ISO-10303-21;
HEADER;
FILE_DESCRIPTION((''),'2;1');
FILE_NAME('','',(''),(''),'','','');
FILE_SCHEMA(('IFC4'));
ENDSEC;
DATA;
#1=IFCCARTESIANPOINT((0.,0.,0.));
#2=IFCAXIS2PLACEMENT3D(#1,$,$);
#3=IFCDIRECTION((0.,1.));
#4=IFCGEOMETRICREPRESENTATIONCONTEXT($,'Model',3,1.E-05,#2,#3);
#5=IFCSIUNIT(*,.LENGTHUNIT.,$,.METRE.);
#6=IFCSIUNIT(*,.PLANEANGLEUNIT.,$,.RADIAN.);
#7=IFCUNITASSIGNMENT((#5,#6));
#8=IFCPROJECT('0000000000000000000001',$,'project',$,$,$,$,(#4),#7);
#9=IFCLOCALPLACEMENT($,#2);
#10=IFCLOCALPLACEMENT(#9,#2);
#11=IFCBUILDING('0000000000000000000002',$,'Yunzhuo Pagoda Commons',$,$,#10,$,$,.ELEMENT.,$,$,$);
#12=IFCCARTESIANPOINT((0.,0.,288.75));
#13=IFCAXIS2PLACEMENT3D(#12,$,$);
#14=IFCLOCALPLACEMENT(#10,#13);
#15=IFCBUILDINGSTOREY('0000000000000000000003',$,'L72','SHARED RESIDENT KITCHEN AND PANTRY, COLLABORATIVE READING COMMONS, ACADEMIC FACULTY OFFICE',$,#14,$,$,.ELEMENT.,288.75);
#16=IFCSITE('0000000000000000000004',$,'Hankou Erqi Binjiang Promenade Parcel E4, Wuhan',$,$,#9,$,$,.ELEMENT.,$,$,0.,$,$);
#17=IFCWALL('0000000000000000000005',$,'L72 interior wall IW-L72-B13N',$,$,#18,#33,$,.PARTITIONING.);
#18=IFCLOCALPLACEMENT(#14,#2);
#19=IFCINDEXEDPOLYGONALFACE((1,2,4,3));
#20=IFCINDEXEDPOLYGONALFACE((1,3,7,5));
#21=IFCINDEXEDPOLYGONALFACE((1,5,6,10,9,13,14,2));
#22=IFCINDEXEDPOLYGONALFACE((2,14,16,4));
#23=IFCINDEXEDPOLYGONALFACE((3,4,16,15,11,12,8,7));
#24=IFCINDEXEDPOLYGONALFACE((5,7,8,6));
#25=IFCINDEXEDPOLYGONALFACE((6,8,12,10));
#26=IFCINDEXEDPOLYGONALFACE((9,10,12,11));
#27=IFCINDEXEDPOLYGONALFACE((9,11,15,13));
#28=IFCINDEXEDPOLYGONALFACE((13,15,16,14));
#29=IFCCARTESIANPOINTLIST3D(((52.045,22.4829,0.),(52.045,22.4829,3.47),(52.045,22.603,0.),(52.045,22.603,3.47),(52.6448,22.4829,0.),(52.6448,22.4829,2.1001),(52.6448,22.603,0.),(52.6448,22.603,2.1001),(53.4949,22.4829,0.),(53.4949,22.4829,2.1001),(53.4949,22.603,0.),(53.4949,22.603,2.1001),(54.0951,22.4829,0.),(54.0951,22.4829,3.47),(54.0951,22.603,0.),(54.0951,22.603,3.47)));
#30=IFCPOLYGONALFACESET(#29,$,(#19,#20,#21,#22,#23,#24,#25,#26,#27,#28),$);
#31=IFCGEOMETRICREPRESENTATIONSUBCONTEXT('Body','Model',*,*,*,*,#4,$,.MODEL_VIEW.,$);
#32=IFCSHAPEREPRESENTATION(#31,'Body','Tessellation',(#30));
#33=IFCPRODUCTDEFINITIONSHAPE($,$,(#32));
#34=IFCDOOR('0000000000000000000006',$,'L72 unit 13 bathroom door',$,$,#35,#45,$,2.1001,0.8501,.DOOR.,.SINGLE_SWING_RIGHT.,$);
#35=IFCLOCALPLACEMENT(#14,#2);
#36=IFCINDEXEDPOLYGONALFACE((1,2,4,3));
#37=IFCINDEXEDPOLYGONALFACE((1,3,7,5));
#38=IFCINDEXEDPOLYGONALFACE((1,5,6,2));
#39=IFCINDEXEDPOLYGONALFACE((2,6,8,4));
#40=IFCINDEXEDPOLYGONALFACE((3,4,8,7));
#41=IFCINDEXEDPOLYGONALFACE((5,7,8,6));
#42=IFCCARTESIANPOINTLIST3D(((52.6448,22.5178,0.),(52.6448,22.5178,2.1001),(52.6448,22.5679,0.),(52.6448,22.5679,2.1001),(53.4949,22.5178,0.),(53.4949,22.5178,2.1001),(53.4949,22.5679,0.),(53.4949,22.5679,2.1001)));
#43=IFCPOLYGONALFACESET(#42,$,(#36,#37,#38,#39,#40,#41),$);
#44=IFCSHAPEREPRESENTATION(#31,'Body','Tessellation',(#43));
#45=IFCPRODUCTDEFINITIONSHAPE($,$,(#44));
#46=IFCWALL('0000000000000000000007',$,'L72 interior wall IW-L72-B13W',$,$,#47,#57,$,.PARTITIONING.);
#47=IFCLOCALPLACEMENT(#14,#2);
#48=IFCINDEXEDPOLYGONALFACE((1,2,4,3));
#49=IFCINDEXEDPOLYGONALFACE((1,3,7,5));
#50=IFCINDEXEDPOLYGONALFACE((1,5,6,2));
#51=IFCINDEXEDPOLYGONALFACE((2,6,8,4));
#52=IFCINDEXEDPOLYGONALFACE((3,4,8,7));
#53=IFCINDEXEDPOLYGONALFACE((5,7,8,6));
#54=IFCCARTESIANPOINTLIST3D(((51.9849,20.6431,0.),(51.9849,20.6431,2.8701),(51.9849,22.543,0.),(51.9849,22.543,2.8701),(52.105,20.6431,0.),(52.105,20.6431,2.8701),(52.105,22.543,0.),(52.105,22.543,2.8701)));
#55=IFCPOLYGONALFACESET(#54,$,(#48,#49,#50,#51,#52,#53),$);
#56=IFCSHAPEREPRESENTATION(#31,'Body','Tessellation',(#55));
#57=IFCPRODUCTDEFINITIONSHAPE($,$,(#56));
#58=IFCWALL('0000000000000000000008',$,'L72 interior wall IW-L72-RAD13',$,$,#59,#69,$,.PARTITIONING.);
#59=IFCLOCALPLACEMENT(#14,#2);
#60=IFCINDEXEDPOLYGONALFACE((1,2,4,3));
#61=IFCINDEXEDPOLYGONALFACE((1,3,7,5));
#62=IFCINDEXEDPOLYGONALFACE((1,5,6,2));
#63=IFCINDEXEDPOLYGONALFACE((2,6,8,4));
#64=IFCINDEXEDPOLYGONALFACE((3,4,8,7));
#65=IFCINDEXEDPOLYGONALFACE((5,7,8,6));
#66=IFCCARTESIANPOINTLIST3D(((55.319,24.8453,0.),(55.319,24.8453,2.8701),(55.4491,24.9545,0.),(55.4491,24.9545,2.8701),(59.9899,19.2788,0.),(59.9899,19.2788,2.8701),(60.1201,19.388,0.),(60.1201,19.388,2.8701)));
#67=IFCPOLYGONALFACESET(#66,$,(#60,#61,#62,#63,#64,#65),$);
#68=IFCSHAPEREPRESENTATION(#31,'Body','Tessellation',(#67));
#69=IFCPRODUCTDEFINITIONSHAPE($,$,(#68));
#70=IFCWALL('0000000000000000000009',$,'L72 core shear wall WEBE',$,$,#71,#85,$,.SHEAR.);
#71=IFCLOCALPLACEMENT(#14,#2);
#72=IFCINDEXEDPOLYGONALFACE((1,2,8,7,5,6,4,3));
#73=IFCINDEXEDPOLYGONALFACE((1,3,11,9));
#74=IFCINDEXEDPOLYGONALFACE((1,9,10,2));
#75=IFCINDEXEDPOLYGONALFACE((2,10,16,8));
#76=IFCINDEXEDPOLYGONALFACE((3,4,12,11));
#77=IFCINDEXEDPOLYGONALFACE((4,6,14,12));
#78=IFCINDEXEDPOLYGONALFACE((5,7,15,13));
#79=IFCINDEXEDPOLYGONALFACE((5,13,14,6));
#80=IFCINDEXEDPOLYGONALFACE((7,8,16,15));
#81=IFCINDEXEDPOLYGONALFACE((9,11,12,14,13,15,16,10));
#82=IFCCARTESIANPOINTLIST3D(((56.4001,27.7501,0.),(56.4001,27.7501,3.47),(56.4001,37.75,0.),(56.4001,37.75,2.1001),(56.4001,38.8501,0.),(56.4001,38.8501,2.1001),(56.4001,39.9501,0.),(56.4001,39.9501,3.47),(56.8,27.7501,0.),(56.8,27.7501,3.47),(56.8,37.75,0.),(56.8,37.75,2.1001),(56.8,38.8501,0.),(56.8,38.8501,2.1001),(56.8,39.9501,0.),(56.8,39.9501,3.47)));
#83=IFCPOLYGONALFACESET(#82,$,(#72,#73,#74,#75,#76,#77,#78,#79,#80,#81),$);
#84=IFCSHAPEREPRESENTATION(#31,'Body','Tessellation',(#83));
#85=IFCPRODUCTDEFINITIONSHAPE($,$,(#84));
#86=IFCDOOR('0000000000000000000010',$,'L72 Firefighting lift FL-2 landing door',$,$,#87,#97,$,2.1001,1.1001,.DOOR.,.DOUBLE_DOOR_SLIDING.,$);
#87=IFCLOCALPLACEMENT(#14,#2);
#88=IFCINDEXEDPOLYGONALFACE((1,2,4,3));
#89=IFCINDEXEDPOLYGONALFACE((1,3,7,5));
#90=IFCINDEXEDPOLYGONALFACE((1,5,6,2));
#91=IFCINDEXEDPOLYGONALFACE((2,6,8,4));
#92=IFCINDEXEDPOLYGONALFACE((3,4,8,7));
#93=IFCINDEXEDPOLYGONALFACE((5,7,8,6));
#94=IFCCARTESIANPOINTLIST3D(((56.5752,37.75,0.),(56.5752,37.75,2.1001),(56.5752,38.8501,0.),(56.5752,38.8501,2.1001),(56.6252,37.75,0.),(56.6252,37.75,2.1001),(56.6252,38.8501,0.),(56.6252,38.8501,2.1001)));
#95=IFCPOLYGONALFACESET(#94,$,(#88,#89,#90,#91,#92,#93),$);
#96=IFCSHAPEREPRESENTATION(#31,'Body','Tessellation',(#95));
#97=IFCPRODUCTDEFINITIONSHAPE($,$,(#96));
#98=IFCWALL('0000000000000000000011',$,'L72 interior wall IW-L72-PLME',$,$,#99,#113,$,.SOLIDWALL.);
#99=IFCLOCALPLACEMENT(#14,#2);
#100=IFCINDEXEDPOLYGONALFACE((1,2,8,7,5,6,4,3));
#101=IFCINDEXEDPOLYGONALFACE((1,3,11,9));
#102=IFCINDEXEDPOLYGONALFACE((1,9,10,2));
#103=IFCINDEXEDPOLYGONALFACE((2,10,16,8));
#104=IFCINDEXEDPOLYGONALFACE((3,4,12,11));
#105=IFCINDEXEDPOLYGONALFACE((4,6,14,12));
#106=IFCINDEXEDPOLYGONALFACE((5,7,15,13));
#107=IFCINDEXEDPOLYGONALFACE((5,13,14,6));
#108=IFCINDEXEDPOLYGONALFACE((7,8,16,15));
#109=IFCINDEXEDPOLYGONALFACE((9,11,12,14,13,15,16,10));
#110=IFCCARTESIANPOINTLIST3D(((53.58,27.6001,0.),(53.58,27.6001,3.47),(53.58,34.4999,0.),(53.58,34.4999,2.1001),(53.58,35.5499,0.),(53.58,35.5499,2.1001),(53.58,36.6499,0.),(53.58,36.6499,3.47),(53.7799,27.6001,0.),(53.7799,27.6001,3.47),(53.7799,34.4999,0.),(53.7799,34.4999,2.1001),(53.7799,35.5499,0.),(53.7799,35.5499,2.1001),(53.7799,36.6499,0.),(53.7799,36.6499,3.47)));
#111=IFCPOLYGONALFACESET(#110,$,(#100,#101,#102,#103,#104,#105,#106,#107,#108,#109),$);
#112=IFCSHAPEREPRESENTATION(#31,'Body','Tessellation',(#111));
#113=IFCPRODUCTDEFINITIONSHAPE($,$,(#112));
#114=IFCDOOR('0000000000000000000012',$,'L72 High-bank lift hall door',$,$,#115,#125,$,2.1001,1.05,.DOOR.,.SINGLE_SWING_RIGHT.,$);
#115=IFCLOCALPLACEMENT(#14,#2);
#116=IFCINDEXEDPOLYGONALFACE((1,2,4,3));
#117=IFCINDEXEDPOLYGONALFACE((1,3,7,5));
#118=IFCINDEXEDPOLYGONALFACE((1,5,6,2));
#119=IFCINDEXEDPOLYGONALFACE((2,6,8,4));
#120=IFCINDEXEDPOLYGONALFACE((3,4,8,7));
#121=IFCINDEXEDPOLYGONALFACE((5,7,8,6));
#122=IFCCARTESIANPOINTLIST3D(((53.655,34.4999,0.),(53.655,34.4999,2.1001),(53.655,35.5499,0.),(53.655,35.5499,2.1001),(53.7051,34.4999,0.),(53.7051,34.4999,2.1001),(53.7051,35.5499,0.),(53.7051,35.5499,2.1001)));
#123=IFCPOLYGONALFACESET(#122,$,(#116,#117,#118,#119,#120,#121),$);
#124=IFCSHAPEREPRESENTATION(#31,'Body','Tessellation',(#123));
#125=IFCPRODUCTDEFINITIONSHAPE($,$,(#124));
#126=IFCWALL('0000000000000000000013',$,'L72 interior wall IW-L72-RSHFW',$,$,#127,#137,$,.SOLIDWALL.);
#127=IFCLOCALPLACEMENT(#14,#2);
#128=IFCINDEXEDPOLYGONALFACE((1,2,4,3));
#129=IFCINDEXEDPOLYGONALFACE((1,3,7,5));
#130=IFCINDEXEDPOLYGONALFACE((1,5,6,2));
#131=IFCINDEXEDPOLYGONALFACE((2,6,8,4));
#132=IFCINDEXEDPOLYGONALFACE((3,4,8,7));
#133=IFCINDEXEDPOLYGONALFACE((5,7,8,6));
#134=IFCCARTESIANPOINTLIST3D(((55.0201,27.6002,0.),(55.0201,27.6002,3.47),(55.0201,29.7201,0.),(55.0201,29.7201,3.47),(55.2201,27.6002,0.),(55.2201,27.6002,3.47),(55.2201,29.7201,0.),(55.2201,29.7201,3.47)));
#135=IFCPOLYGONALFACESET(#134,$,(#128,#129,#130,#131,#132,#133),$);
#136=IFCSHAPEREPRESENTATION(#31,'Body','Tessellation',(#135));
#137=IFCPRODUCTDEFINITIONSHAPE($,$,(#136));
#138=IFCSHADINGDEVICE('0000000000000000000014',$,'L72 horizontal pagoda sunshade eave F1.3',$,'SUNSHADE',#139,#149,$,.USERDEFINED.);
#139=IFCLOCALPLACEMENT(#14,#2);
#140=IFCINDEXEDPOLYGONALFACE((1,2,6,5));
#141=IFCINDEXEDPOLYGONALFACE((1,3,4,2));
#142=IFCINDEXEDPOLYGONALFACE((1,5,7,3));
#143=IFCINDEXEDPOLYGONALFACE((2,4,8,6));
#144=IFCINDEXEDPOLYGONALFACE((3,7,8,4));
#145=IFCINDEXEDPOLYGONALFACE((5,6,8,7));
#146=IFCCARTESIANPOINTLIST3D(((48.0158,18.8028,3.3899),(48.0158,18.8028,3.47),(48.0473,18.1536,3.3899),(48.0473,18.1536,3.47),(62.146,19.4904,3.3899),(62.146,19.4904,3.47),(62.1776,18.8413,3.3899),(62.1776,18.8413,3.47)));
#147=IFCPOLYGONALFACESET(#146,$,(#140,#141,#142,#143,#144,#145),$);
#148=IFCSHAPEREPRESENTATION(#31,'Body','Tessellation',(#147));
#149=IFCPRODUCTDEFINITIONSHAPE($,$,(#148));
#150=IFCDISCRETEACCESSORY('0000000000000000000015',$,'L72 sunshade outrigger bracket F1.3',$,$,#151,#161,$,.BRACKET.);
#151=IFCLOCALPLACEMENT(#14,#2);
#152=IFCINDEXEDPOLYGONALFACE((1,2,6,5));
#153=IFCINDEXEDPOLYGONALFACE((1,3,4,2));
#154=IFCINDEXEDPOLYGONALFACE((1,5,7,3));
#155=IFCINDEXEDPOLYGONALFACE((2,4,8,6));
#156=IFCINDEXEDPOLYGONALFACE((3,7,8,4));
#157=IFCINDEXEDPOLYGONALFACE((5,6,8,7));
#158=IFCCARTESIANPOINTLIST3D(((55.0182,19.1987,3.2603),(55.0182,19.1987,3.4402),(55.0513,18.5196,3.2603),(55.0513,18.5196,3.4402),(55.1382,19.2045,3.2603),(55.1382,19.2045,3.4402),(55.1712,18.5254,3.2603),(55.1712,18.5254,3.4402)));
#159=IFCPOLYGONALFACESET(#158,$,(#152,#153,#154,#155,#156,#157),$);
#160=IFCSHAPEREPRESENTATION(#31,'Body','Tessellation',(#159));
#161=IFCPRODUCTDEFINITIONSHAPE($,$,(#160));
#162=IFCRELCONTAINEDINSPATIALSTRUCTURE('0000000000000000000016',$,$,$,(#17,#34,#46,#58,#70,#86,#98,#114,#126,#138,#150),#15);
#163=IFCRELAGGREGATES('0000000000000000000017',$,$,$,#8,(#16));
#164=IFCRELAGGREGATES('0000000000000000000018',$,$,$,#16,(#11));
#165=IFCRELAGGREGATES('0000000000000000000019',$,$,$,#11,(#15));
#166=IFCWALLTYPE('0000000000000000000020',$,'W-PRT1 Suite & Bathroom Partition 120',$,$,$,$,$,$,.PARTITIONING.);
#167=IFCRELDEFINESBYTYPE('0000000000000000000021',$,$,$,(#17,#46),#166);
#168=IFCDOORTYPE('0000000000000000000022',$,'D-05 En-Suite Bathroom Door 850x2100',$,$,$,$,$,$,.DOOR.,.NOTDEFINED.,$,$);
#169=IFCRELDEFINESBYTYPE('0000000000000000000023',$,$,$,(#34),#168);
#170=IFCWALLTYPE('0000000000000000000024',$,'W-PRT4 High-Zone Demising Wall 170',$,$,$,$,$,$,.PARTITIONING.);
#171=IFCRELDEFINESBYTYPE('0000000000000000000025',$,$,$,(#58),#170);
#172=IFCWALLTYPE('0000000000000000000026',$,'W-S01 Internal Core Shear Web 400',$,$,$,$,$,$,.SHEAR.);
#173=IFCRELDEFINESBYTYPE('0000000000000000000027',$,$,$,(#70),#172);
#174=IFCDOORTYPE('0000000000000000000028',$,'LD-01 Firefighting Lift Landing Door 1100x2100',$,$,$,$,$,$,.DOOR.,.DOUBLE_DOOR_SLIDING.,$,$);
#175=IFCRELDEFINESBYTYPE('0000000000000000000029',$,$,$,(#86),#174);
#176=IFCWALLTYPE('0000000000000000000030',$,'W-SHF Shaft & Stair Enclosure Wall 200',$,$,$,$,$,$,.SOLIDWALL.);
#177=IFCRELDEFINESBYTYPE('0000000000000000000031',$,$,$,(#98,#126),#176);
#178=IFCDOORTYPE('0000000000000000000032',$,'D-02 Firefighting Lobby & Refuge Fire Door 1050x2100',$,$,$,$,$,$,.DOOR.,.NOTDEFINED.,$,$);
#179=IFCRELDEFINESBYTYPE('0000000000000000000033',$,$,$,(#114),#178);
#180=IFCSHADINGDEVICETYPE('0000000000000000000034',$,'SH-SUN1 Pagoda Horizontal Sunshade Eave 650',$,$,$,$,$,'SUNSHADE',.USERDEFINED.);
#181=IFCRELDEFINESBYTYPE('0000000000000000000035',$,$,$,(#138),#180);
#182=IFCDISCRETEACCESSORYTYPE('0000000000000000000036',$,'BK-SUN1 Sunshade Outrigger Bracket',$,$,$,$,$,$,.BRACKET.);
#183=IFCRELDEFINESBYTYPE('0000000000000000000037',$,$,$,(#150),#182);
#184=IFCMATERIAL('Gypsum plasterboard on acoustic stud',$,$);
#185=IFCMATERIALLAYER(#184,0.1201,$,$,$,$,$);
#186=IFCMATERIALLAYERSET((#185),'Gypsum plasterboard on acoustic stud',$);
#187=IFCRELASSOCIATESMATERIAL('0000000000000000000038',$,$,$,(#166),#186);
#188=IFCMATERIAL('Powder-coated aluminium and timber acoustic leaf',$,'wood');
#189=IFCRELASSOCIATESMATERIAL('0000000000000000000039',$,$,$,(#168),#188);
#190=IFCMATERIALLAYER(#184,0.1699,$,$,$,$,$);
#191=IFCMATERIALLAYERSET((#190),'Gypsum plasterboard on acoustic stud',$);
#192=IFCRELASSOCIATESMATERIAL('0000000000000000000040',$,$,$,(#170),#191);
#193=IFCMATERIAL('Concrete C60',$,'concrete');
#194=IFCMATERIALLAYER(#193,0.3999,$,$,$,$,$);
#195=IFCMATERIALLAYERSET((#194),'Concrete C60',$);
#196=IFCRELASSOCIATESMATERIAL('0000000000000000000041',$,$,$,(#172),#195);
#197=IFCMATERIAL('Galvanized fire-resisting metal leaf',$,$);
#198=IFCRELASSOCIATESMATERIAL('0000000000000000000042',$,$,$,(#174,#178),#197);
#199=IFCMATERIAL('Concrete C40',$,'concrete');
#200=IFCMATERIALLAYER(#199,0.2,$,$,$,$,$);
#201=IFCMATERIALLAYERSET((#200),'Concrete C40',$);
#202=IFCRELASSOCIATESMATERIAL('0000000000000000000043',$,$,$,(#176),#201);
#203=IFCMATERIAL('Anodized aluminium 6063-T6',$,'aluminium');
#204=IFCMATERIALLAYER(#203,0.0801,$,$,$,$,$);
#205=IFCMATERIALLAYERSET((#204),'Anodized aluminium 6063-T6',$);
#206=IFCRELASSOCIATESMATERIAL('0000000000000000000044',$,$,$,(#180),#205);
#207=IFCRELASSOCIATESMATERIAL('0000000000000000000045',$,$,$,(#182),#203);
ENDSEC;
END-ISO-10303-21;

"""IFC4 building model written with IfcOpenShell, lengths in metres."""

from ifc_helpers import new_model, si_unit, direction, frame, frame_2d, origin, origin_with_axes, origin_2d, place, context, subcontext, project, spatial, rectangle, extrude, source, transform, mapped, material, layer, layer_set, type_object, element, fill, save


model = new_model("IFC4")

# Units and contexts
model_context = context("Model", 3, precision=1e-05, world=origin(), true_north=direction((0.0, 1.0)))
body_context = subcontext(model_context, "Body", "Model", "MODEL_VIEW")
ifc_project = project(units=[si_unit("LENGTHUNIT", "METRE"), si_unit("PLANEANGLEUNIT", "RADIAN")], contexts=[model_context])

# Site, building, storey
site_placement = place(None, origin())
site = spatial("IfcSite", under=ifc_project, at=site_placement, Name="Hankou Erqi Binjiang Promenade Parcel E4, Wuhan", CompositionType="ELEMENT", RefElevation=0.0)
building_placement = place(site_placement, origin())
building = spatial("IfcBuilding", under=site, at=building_placement, Name="Yunzhuo Pagoda Commons", CompositionType="ELEMENT")
storey_placement = place(building_placement, frame((0.0, 0.0, 288.75)))
storey = spatial("IfcBuildingStorey", under=building, at=storey_placement, Name="L72", Description="SHARED RESIDENT KITCHEN AND PANTRY, COLLABORATIVE READING COMMONS, ACADEMIC FACULTY OFFICE", CompositionType="ELEMENT", Elevation=288.75)

# Shared definitions
ifc_material_1 = material(Name="Anodized aluminium 6063-T6", Category="aluminium")

# Shared definitions
ifc_material_2 = material(Name="Gypsum plasterboard on acoustic stud")
ifc_material_3 = material(Name="Galvanized fire-resisting metal leaf")

# Shared definitions
ifc_layer_1 = layer(ifc_material_2, 0.1201)
ifc_layer_set_1 = layer_set([ifc_layer_1], Name="Gypsum plasterboard on acoustic stud")
wall_type_1 = type_object("IfcWallType", Name="W-PRT1 Suite & Bathroom Partition 120", PredefinedType="PARTITIONING", material=ifc_layer_set_1)

# Wall, opening, door
wall_1_placement = place(storey_placement, frame((54.095, 22.543, 0.0), z_axis=(0.0, 0.0, 1.0), x_axis=(-1.0, 0.0, 0.0)))
wall_1 = element("IfcWall", 1, at=wall_1_placement, inside=storey, type_object=wall_type_1, Name="L72 interior wall IW-L72-B13N", PredefinedType="PARTITIONING", context=body_context, shape_type="SweptSolid", body=[
    extrude(rectangle(XDim=2.05, YDim=0.1201, at=frame_2d((1.0249, 0.0))), origin(), (0.0, 0.0, 1.0), 3.47),
])
opening_1_placement = place(wall_1_placement, frame((0.6001, 0.0, 0.0)))
opening_1 = element("IfcOpeningElement", 2, at=opening_1_placement, cuts=wall_1, PredefinedType="OPENING", context=body_context, shape_type="SweptSolid", body=[
    extrude(rectangle(XDim=0.8501, YDim=2.1001, at=frame_2d((0.425, 1.05))), frame((0.0, 0.0701, 0.0), z_axis=(0.0, -1.0, 0.0), x_axis=(1.0, 0.0, 0.0)), (0.0, 0.0, 1.0), 0.1401),
])
ifc_material_4 = material(Name="Powder-coated aluminium and timber acoustic leaf", Category="wood")
door_type_1 = type_object("IfcDoorType", Name="D-05 En-Suite Bathroom Door 850x2100", OperationType="NOTDEFINED", PredefinedType="DOOR", material=ifc_material_4)
shared_shape_1 = source(origin(), body_context, "Body", "SweptSolid", [
    extrude(rectangle(XDim=0.8501, YDim=2.1001, at=frame_2d((0.425, 1.05))), frame((0.0, 0.0249, 0.0), z_axis=(0.0, -1.0, 0.0), x_axis=(1.0, 0.0, 0.0)), (0.0, 0.0, 1.0), 0.05),
])
door_1_placement = place(opening_1_placement, frame((0.8501, 0.0, 0.0), z_axis=(0.0, 0.0, 1.0), x_axis=(-1.0, 0.0, 0.0)))
door_1 = element("IfcDoor", 3, at=door_1_placement, inside=storey, type_object=door_type_1, Name="L72 unit 13 bathroom door", OperationType="SINGLE_SWING_RIGHT", OverallHeight=2.1001, OverallWidth=0.8501, PredefinedType="DOOR", context=body_context, shape_type="MappedRepresentation", body=[
    mapped(shared_shape_1, transform((0.0, 0.0, 0.0), scale=1.0)),
])
fill(opening_1, door_1)

# Walls
wall_2_placement = place(storey_placement, frame((52.0449, 22.543, 0.0), z_axis=(0.0, 0.0, 1.0), x_axis=(0.0, -1.0, 0.0)))
element("IfcWall", 4, at=wall_2_placement, inside=storey, type_object=wall_type_1, Name="L72 interior wall IW-L72-B13W", PredefinedType="PARTITIONING", context=body_context, shape_type="SweptSolid", body=[
    extrude(rectangle(XDim=1.8999, YDim=0.1201, at=frame_2d((0.95, 0.0))), origin(), (0.0, 0.0, 1.0), 2.8701),
])
ifc_layer_2 = layer(ifc_material_2, 0.1699)
ifc_layer_set_2 = layer_set([ifc_layer_2], Name="Gypsum plasterboard on acoustic stud")
wall_type_2 = type_object("IfcWallType", Name="W-PRT4 High-Zone Demising Wall 170", PredefinedType="PARTITIONING", material=ifc_layer_set_2)
wall_3_placement = place(storey_placement, frame((55.384, 24.8999, 0.0), z_axis=(0.0, 0.0, 1.0), x_axis=(0.642798, -0.766036, 0.0)))
element("IfcWall", 5, at=wall_3_placement, inside=storey, type_object=wall_type_2, Name="L72 interior wall IW-L72-RAD13", PredefinedType="PARTITIONING", context=body_context, shape_type="SweptSolid", body=[
    extrude(rectangle(XDim=7.2666, YDim=0.1699, at=frame_2d((3.6333, 0.0))), origin(), (0.0, 0.0, 1.0), 2.8701),
])

# Walls, openings, doors
ifc_material_5 = material(Name="Concrete C60", Category="concrete")
ifc_layer_3 = layer(ifc_material_5, 0.3999)
ifc_layer_set_3 = layer_set([ifc_layer_3], Name="Concrete C60")
wall_type_3 = type_object("IfcWallType", Name="W-S01 Internal Core Shear Web 400", PredefinedType="SHEAR", material=ifc_layer_set_3)
wall_4_placement = place(storey_placement, frame((56.6001, 27.75, 0.0), z_axis=(0.0, 0.0, 1.0), x_axis=(0.0, 1.0, 0.0)))
wall_4 = element("IfcWall", 6, at=wall_4_placement, inside=storey, type_object=wall_type_3, Name="L72 core shear wall WEBE", PredefinedType="SHEAR", context=body_context, shape_type="SweptSolid", body=[
    extrude(rectangle(XDim=12.2, YDim=0.3999, at=frame_2d((6.1001, 0.0))), origin(), (0.0, 0.0, 1.0), 3.47),
])
opening_2_placement = place(wall_4_placement, frame((10.0, 0.0, 0.0)))
opening_2 = element("IfcOpeningElement", 7, at=opening_2_placement, cuts=wall_4, PredefinedType="OPENING", context=body_context, shape_type="SweptSolid", body=[
    extrude(rectangle(XDim=1.1001, YDim=2.1001, at=frame_2d((0.55, 1.05))), frame((0.0, 0.21, 0.0), z_axis=(0.0, -1.0, 0.0), x_axis=(1.0, 0.0, 0.0)), (0.0, 0.0, 1.0), 0.4199),
])
door_type_2 = type_object("IfcDoorType", Name="LD-01 Firefighting Lift Landing Door 1100x2100", OperationType="DOUBLE_DOOR_SLIDING", PredefinedType="DOOR", material=ifc_material_3)
shared_shape_2 = source(origin(), body_context, "Body", "SweptSolid", [
    extrude(rectangle(XDim=1.1001, YDim=2.1001, at=frame_2d((0.55, 1.05))), frame((0.0, 0.0249, 0.0), z_axis=(0.0, -1.0, 0.0), x_axis=(1.0, 0.0, 0.0)), (0.0, 0.0, 1.0), 0.05),
])
door_2_placement = place(opening_2_placement, origin_with_axes())
door_2 = element("IfcDoor", 8, at=door_2_placement, inside=storey, type_object=door_type_2, Name="L72 Firefighting lift FL-2 landing door", OperationType="DOUBLE_DOOR_SLIDING", OverallHeight=2.1001, OverallWidth=1.1001, PredefinedType="DOOR", context=body_context, shape_type="MappedRepresentation", body=[
    mapped(shared_shape_2, transform((0.0, 0.0, 0.0), scale=1.0)),
])
fill(opening_2, door_2)
ifc_material_6 = material(Name="Concrete C40", Category="concrete")
ifc_layer_4 = layer(ifc_material_6, 0.2)
ifc_layer_set_4 = layer_set([ifc_layer_4], Name="Concrete C40")
wall_type_4 = type_object("IfcWallType", Name="W-SHF Shaft & Stair Enclosure Wall 200", PredefinedType="SOLIDWALL", material=ifc_layer_set_4)
wall_5_placement = place(storey_placement, frame((53.6799, 27.6001, 0.0), z_axis=(0.0, 0.0, 1.0), x_axis=(0.0, 1.0, 0.0)))
wall_5 = element("IfcWall", 9, at=wall_5_placement, inside=storey, type_object=wall_type_4, Name="L72 interior wall IW-L72-PLME", PredefinedType="SOLIDWALL", context=body_context, shape_type="SweptSolid", body=[
    extrude(rectangle(XDim=9.0498, YDim=0.2, at=frame_2d((4.5249, 0.0))), origin(), (0.0, 0.0, 1.0), 3.47),
])
opening_3_placement = place(wall_5_placement, frame((6.8999, 0.0, 0.0)))
opening_3 = element("IfcOpeningElement", 10, at=opening_3_placement, cuts=wall_5, PredefinedType="OPENING", context=body_context, shape_type="SweptSolid", body=[
    extrude(rectangle(XDim=1.05, YDim=2.1001, at=frame_2d((0.5249, 1.05))), frame((0.0, 0.1099, 0.0), z_axis=(0.0, -1.0, 0.0), x_axis=(1.0, 0.0, 0.0)), (0.0, 0.0, 1.0), 0.22),
])
door_type_3 = type_object("IfcDoorType", Name="D-02 Firefighting Lobby & Refuge Fire Door 1050x2100", OperationType="NOTDEFINED", PredefinedType="DOOR", material=ifc_material_3)
shared_shape_3 = source(origin(), body_context, "Body", "SweptSolid", [
    extrude(rectangle(XDim=1.05, YDim=2.1001, at=frame_2d((0.5249, 1.05))), frame((0.0, 0.0249, 0.0), z_axis=(0.0, -1.0, 0.0), x_axis=(1.0, 0.0, 0.0)), (0.0, 0.0, 1.0), 0.05),
])
door_3_placement = place(opening_3_placement, origin_with_axes())
door_3 = element("IfcDoor", 11, at=door_3_placement, inside=storey, type_object=door_type_3, Name="L72 High-bank lift hall door", OperationType="SINGLE_SWING_RIGHT", OverallHeight=2.1001, OverallWidth=1.05, PredefinedType="DOOR", context=body_context, shape_type="MappedRepresentation", body=[
    mapped(shared_shape_3, transform((0.0, 0.0, 0.0), scale=1.0)),
])
fill(opening_3, door_3)

# Wall
wall_6_placement = place(storey_placement, frame((55.1201, 27.6001, 0.0), z_axis=(0.0, 0.0, 1.0), x_axis=(0.0, 1.0, 0.0)))
element("IfcWall", 12, at=wall_6_placement, inside=storey, type_object=wall_type_4, Name="L72 interior wall IW-L72-RSHFW", PredefinedType="SOLIDWALL", context=body_context, shape_type="SweptSolid", body=[
    extrude(rectangle(XDim=2.1199, YDim=0.2, at=frame_2d((1.0601, 0.0))), origin(), (0.0, 0.0, 1.0), 3.47),
])

# Shading device
ifc_layer_5 = layer(ifc_material_1, 0.0801)
ifc_layer_set_5 = layer_set([ifc_layer_5], Name="Anodized aluminium 6063-T6")
shading_device_type = type_object("IfcShadingDeviceType", Name="SH-SUN1 Pagoda Horizontal Sunshade Eave 650", ElementType="SUNSHADE", PredefinedType="USERDEFINED", material=ifc_layer_set_5)
shared_shape_4 = source(origin(), body_context, "Body", "SweptSolid", [
    extrude(rectangle(XDim=14.147, YDim=0.6499, at=origin_2d()), origin(), (0.0, 0.0, 1.0), 0.0801),
])
shading_device_placement = place(storey_placement, frame((55.0967, 18.822, 3.3899), z_axis=(0.0, 0.0, 1.0), x_axis=(0.998818, 0.048606, 0.0)))
element("IfcShadingDevice", 13, at=shading_device_placement, inside=storey, type_object=shading_device_type, Name="L72 horizontal pagoda sunshade eave F1.3", ObjectType="SUNSHADE", PredefinedType="USERDEFINED", context=body_context, shape_type="MappedRepresentation", body=[
    mapped(shared_shape_4, transform((0.0, 0.0, 0.0), scale=1.0)),
])

# Discrete accessory
discrete_accessory_type = type_object("IfcDiscreteAccessoryType", Name="BK-SUN1 Sunshade Outrigger Bracket", PredefinedType="BRACKET", material=ifc_material_1)
shared_shape_5 = source(origin(), body_context, "Body", "SweptSolid", [
    extrude(rectangle(XDim=0.1201, YDim=0.6799, at=origin_2d()), origin(), (0.0, 0.0, 1.0), 0.1799),
])
discrete_accessory_placement = place(storey_placement, frame((55.0947, 18.8621, 3.2603), z_axis=(0.0, 0.0, 1.0), x_axis=(0.998818, 0.048606, 0.0)))
element("IfcDiscreteAccessory", 14, at=discrete_accessory_placement, inside=storey, type_object=discrete_accessory_type, Name="L72 sunshade outrigger bracket F1.3", PredefinedType="BRACKET", context=body_context, shape_type="MappedRepresentation", body=[
    mapped(shared_shape_5, transform((0.0, 0.0, 0.0), scale=1.0)),
])

save(model, "model.ifc")
